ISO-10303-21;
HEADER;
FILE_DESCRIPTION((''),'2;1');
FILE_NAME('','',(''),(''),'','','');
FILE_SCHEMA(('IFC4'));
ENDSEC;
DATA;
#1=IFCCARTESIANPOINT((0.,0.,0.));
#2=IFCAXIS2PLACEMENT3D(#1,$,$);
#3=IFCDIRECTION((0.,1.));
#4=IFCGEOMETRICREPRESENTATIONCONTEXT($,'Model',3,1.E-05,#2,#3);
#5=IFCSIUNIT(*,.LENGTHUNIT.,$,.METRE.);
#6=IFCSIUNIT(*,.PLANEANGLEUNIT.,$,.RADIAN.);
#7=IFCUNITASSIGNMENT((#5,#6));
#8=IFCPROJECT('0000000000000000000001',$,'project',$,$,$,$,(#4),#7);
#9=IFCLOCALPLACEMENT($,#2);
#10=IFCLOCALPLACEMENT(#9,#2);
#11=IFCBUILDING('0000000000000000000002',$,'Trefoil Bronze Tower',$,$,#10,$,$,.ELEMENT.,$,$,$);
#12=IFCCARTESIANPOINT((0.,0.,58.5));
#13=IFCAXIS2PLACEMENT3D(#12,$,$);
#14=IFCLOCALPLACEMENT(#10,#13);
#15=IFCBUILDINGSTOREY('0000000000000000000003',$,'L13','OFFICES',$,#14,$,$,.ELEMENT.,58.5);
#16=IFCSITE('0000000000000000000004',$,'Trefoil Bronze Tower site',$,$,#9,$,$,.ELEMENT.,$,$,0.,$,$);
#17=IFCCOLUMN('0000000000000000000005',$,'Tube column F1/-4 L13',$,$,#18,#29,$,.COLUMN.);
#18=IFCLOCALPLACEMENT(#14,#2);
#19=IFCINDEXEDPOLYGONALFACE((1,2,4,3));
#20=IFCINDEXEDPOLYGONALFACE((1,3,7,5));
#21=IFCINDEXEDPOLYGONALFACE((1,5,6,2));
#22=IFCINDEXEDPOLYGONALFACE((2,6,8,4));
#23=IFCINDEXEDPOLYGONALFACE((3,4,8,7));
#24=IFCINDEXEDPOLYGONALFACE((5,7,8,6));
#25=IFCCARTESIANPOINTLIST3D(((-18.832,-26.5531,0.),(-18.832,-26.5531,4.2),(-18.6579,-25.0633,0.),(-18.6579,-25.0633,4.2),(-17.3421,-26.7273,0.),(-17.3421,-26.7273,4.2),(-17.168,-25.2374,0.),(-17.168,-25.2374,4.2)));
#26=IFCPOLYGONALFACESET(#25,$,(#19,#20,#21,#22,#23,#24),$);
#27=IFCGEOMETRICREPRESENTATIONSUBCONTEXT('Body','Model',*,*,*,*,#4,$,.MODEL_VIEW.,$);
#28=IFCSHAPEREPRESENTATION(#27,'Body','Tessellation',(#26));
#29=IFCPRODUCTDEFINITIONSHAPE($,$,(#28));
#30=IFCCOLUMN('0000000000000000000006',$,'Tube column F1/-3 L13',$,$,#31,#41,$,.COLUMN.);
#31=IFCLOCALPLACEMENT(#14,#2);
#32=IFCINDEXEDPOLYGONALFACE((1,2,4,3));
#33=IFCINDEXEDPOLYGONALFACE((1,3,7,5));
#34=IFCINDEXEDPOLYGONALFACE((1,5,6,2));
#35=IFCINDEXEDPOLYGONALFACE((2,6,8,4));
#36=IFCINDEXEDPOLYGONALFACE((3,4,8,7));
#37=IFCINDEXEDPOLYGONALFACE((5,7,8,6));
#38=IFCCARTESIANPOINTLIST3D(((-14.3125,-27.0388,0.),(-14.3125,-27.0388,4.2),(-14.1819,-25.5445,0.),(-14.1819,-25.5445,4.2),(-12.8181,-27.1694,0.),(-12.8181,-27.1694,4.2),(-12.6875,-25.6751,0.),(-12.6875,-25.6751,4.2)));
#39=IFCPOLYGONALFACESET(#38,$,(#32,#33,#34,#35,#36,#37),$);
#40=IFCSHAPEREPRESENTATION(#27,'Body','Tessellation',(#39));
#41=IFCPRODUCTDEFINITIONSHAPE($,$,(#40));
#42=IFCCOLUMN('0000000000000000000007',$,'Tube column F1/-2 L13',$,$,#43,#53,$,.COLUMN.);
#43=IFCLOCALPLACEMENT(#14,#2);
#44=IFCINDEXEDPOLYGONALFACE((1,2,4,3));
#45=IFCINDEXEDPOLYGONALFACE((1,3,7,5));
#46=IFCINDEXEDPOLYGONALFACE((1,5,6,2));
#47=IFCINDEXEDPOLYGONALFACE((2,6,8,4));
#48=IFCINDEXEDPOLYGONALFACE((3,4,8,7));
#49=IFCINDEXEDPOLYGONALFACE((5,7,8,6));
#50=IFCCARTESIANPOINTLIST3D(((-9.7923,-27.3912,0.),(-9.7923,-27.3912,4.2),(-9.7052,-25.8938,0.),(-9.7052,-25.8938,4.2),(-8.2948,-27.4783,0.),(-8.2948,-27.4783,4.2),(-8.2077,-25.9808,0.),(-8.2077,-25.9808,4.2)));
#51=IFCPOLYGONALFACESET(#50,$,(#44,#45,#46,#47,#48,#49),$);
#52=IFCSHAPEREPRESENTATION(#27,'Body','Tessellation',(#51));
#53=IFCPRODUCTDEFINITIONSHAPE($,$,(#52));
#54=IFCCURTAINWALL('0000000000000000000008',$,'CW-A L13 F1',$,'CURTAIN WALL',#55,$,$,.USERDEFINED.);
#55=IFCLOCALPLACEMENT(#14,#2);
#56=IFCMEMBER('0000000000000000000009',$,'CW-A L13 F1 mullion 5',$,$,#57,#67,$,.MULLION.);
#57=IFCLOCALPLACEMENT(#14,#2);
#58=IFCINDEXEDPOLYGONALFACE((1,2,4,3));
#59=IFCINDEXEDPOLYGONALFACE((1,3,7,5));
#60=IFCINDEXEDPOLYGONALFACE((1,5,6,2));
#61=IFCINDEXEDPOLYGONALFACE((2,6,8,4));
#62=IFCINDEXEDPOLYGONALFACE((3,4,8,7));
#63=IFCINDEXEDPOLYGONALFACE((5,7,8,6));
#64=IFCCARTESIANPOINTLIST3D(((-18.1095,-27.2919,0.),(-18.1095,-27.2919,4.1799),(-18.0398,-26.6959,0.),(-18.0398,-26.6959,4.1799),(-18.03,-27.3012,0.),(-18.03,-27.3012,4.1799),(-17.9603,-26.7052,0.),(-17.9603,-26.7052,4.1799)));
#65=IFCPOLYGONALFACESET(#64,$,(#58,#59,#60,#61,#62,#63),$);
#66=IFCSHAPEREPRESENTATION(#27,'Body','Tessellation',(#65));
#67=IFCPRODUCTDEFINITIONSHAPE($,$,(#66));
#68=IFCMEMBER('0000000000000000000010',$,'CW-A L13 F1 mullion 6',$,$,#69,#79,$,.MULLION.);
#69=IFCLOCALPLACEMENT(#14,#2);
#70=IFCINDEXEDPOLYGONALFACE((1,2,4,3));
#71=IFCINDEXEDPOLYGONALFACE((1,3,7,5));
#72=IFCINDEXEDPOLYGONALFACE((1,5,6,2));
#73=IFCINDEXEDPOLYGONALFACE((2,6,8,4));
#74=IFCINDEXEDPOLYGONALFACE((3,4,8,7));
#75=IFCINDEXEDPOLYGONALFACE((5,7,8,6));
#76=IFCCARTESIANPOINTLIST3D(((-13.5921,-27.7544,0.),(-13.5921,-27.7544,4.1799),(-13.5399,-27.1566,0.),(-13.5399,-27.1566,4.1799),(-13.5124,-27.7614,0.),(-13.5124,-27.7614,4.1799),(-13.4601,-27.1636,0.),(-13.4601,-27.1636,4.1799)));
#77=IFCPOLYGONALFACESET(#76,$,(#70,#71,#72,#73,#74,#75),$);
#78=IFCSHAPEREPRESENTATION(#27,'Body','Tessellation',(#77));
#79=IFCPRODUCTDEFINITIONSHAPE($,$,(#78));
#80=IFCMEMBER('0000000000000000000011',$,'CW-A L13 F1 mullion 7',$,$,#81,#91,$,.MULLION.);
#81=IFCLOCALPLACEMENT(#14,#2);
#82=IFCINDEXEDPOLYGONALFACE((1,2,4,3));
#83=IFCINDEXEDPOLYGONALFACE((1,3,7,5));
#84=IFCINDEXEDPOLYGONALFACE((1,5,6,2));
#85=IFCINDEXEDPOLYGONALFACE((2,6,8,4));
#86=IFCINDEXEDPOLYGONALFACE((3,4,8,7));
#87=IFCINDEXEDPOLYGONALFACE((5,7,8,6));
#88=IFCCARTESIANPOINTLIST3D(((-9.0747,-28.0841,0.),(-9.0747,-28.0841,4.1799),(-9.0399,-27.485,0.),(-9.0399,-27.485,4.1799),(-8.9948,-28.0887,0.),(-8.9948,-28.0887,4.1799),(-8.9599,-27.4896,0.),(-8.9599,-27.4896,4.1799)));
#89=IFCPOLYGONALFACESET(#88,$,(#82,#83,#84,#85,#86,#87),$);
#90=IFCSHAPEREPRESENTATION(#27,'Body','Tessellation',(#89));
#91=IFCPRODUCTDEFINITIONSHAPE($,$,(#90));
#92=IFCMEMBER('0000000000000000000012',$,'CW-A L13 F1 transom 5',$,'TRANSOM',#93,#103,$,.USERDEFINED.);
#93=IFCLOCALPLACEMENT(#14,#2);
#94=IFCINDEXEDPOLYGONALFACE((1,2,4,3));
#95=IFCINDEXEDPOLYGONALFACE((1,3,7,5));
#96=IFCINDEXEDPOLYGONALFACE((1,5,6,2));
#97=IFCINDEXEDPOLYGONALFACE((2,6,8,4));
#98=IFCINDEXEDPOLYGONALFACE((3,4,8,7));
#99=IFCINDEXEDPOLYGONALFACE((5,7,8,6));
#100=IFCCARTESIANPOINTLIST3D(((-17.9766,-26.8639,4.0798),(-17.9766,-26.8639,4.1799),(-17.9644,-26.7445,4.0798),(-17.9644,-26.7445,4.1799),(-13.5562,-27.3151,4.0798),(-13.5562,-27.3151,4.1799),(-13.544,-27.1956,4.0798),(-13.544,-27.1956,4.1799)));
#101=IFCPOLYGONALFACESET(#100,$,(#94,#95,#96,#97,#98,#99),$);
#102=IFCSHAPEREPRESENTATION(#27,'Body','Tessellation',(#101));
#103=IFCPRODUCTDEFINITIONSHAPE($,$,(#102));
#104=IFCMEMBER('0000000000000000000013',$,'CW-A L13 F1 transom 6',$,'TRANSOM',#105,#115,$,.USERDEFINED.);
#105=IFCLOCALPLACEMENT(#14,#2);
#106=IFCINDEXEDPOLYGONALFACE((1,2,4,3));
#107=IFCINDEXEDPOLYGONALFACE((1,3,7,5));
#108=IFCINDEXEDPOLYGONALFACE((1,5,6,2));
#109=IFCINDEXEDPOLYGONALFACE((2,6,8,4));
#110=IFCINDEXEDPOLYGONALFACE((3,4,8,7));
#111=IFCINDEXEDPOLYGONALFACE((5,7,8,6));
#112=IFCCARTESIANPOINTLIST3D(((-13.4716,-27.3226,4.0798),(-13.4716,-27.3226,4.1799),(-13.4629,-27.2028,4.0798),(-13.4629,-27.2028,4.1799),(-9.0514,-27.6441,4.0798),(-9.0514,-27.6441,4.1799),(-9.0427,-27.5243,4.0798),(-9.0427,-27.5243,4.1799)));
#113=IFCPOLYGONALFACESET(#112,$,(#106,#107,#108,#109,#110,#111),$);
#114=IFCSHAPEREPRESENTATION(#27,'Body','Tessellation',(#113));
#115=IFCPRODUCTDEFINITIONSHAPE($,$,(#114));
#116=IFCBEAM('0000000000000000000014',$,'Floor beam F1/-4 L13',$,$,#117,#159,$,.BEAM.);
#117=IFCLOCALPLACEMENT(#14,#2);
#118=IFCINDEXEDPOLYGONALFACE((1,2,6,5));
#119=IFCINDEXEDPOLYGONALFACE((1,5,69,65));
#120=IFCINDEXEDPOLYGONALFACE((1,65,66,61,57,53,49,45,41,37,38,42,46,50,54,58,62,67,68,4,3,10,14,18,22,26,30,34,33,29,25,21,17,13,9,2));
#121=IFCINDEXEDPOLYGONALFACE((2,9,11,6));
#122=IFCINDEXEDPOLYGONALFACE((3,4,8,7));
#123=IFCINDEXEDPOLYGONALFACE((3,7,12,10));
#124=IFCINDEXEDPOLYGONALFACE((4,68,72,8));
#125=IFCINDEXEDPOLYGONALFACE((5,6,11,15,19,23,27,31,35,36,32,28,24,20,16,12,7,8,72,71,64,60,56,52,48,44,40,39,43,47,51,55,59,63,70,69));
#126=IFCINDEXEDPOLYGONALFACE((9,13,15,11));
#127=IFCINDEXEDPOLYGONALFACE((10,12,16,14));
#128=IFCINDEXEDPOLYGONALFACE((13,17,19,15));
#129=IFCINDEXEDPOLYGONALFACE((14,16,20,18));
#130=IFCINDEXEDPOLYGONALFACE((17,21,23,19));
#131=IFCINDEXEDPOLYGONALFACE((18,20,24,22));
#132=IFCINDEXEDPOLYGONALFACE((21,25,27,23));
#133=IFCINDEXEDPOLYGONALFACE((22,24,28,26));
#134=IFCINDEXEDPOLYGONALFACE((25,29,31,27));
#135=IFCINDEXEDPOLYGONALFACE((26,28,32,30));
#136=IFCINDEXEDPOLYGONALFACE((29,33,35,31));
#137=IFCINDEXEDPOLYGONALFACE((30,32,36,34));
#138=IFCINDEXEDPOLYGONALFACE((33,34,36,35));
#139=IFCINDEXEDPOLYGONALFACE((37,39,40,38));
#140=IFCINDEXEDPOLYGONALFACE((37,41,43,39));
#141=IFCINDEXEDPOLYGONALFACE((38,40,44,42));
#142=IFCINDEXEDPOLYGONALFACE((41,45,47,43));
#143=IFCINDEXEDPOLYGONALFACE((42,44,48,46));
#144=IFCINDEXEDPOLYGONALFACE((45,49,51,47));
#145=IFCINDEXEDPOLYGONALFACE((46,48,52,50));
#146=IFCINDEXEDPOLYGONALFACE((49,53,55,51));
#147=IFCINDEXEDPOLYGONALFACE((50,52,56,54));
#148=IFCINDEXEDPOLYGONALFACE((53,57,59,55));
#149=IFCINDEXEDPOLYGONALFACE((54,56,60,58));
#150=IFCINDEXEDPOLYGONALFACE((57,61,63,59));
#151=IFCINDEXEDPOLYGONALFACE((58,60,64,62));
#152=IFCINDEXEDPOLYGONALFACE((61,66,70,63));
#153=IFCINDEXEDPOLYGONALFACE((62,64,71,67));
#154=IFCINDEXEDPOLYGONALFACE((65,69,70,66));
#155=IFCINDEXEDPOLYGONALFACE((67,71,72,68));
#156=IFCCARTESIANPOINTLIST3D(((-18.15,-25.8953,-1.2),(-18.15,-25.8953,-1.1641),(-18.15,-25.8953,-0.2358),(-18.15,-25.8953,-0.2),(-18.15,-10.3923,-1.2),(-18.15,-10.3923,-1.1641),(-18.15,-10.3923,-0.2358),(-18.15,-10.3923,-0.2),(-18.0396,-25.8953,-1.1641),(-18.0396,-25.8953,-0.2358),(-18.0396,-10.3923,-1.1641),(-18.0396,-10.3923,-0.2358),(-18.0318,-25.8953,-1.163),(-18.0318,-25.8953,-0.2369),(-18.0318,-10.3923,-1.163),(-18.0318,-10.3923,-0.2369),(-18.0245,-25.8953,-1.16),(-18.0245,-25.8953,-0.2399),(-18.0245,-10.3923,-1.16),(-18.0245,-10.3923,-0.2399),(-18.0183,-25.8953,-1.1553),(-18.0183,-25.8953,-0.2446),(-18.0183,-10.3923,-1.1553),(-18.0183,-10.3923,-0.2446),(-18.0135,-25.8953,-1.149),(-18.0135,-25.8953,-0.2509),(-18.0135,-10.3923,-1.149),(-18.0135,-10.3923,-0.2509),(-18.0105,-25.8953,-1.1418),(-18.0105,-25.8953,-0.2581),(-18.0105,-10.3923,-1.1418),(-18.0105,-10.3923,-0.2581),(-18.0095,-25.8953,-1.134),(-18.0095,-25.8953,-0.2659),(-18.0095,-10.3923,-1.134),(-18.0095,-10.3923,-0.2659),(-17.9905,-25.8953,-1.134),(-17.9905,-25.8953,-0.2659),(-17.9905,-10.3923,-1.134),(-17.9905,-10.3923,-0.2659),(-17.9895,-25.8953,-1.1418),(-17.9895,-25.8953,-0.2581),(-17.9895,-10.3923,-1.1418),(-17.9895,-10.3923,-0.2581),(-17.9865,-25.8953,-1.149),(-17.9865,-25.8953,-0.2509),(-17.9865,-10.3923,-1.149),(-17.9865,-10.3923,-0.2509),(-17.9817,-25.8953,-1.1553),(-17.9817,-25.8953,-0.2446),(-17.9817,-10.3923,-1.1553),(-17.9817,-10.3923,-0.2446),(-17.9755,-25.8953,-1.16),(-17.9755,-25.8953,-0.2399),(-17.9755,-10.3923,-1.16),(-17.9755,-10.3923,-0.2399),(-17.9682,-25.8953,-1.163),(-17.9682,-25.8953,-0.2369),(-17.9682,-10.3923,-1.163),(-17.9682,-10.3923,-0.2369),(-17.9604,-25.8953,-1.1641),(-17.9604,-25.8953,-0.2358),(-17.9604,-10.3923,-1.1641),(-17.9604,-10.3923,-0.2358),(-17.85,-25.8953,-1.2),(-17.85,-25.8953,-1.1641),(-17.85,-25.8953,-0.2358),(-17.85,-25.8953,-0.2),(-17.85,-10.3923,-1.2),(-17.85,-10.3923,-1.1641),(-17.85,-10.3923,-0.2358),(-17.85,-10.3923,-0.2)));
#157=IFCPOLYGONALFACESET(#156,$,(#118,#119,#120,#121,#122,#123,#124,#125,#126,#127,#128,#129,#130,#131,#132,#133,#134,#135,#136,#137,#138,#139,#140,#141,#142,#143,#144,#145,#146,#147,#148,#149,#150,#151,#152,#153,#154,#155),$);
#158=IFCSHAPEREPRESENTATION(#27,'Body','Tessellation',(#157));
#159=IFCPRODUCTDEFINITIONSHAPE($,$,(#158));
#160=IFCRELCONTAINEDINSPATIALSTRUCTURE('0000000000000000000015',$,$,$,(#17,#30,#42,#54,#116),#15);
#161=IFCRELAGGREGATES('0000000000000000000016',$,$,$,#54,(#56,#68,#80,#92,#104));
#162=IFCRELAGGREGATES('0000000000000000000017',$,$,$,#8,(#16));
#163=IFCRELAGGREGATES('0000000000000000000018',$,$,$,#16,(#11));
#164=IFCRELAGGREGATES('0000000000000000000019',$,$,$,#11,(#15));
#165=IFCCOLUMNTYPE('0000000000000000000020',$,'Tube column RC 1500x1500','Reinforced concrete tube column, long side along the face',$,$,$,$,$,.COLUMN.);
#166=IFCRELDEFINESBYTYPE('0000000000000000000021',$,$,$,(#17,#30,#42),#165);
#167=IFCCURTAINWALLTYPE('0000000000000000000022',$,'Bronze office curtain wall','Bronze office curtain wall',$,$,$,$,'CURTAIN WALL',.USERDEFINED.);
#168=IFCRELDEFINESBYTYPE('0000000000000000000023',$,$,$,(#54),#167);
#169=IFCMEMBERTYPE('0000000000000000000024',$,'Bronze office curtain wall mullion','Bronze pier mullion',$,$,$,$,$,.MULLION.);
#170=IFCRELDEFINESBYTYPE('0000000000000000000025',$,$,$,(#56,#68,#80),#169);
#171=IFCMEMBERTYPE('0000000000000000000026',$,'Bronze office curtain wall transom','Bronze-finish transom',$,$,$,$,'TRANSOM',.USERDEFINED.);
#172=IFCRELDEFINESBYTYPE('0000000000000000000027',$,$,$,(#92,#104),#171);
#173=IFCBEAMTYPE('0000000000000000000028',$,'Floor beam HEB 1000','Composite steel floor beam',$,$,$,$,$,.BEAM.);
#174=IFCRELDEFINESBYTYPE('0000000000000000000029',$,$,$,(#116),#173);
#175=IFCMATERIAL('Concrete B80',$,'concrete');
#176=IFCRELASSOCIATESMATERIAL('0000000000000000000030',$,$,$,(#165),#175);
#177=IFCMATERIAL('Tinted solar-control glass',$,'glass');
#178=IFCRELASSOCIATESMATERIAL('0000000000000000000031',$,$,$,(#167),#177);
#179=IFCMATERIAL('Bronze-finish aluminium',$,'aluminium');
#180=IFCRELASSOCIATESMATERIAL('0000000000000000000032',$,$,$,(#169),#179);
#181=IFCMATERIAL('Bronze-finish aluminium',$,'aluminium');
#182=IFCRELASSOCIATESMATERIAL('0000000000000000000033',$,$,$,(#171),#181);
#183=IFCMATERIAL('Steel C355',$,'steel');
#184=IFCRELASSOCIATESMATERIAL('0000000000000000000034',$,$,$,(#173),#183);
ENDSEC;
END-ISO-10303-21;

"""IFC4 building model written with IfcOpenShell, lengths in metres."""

from ifc_helpers import new_model, si_unit, direction, frame, origin, origin_2d, place, context, subcontext, project, spatial, rectangle, i_section, extrude, material, material_profile, profile_set, type_object, element, aggregate, save


model = new_model("IFC4")

# Units and contexts
model_context = context("Model", 3, precision=1e-05, world=origin(), true_north=direction((0.0, 1.0)))
body_context = subcontext(model_context, "Body", "Model", "MODEL_VIEW")
ifc_project = project(units=[si_unit("LENGTHUNIT", "METRE"), si_unit("PLANEANGLEUNIT", "RADIAN")], contexts=[model_context])

# Site, building, storey
site_placement = place(None, origin())
site = spatial("IfcSite", under=ifc_project, at=site_placement, Name="Trefoil Bronze Tower site", CompositionType="ELEMENT", RefElevation=0.0)
building_placement = place(site_placement, origin())
building = spatial("IfcBuilding", under=site, at=building_placement, Name="Trefoil Bronze Tower", CompositionType="ELEMENT")
storey_placement = place(building_placement, frame((0.0, 0.0, 58.5)))
storey = spatial("IfcBuildingStorey", under=building, at=storey_placement, Name="L13", Description="OFFICES", CompositionType="ELEMENT", Elevation=58.5)

# Columns
ifc_material_1 = material(Name="Concrete B80", Category="concrete")
ifc_material_profile_1 = material_profile(ifc_material_1, rectangle(XDim=1.5, YDim=1.5, at=origin_2d()), Name="RC 1500x1500")
ifc_profile_set_1 = profile_set([ifc_material_profile_1], Name="Concrete B80")
column_type = type_object("IfcColumnType", Name="Tube column RC 1500x1500", Description="Reinforced concrete tube column, long side along the face", PredefinedType="COLUMN", material=ifc_profile_set_1)
for number, where, z_axis, x_axis, name in (
    (1, (-18.0, -25.8953, 0.0), (0.0, 0.0, 1.0), (0.993239, -0.116087, 0.0), "Tube column F1/-4 L13"),
    (2, (-13.5, -26.3569, 0.0), (0.0, 0.0, 1.0), (0.996203, -0.087065, 0.0), "Tube column F1/-3 L13"),
    (3, (-9.0, -26.686, 0.0), (0.0, 0.0, 1.0), (0.998314, -0.058043, 0.0), "Tube column F1/-2 L13"),
):
    element("IfcColumn", number, at=place(storey_placement, frame(where, z_axis=z_axis, x_axis=x_axis)), inside=storey, type_object=column_type, Name=name, PredefinedType="COLUMN", context=body_context, shape_type="SweptSolid", body=[
        extrude(rectangle(XDim=1.5, YDim=1.5, at=origin_2d()), origin(), (0.0, 0.0, 1.0), 4.2),
    ])

# Curtain wall, members
ifc_material_2 = material(Name="Tinted solar-control glass", Category="glass")
curtain_wall_type = type_object("IfcCurtainWallType", Name="Bronze office curtain wall", Description="Bronze office curtain wall", ElementType="CURTAIN WALL", PredefinedType="USERDEFINED", material=ifc_material_2)
curtain_wall_placement = place(storey_placement, origin())
curtain_wall = element("IfcCurtainWall", 4, at=curtain_wall_placement, inside=storey, type_object=curtain_wall_type, Name="CW-A L13 F1", ObjectType="CURTAIN WALL", PredefinedType="USERDEFINED")
ifc_material_3 = material(Name="Bronze-finish aluminium", Category="aluminium")
ifc_material_profile_2 = material_profile(ifc_material_3, rectangle(XDim=0.6001, YDim=0.0801, at=origin_2d()), Name="CW-A mullion")
ifc_profile_set_2 = profile_set([ifc_material_profile_2], Name="Bronze-finish aluminium")
member_type_1 = type_object("IfcMemberType", Name="Bronze office curtain wall mullion", Description="Bronze pier mullion", PredefinedType="MULLION", material=ifc_profile_set_2)
member_1_placement = place(storey_placement, frame((-18.0349, -26.9985, 0.0), z_axis=(0.0, 0.0, 1.0), x_axis=(0.116087, 0.993239, 0.0)))
member_1 = element("IfcMember", 5, at=member_1_placement, type_object=member_type_1, Name="CW-A L13 F1 mullion 5", PredefinedType="MULLION", context=body_context, shape_type="SweptSolid", body=[
    extrude(rectangle(XDim=0.6001, YDim=0.0801, at=origin_2d()), origin(), (0.0, 0.0, 1.0), 4.1799),
])
member_2_placement = place(storey_placement, frame((-13.5261, -27.459, 0.0), z_axis=(0.0, 0.0, 1.0), x_axis=(0.087065, 0.996203, 0.0)))
member_2 = element("IfcMember", 6, at=member_2_placement, type_object=member_type_1, Name="CW-A L13 F1 mullion 6", PredefinedType="MULLION", context=body_context, shape_type="SweptSolid", body=[
    extrude(rectangle(XDim=0.6001, YDim=0.0801, at=origin_2d()), origin(), (0.0, 0.0, 1.0), 4.1799),
])
member_3_placement = place(storey_placement, frame((-9.0173, -27.7869, 0.0), z_axis=(0.0, 0.0, 1.0), x_axis=(0.058043, 0.998314, 0.0)))
member_3 = element("IfcMember", 7, at=member_3_placement, type_object=member_type_1, Name="CW-A L13 F1 mullion 7", PredefinedType="MULLION", context=body_context, shape_type="SweptSolid", body=[
    extrude(rectangle(XDim=0.6001, YDim=0.0801, at=origin_2d()), origin(), (0.0, 0.0, 1.0), 4.1799),
])
ifc_material_4 = material(Name="Bronze-finish aluminium", Category="aluminium")
ifc_material_profile_3 = material_profile(ifc_material_4, rectangle(XDim=0.1201, YDim=0.1001, at=origin_2d()), Name="CW-A transom")
ifc_profile_set_3 = profile_set([ifc_material_profile_3], Name="Bronze-finish aluminium")
member_type_2 = type_object("IfcMemberType", Name="Bronze office curtain wall transom", Description="Bronze-finish transom", ElementType="TRANSOM", PredefinedType="USERDEFINED", material=ifc_profile_set_3)
member_4_placement = place(storey_placement, frame((-17.9705, -26.8042, 4.1299), z_axis=(0.994832, -0.101538, 0.0), x_axis=(0.101538, 0.994832, 0.0)))
member_4 = element("IfcMember", 8, at=member_4_placement, type_object=member_type_2, Name="CW-A L13 F1 transom 5", ObjectType="TRANSOM", PredefinedType="USERDEFINED", context=body_context, shape_type="SweptSolid", body=[
    extrude(rectangle(XDim=0.1201, YDim=0.1001, at=origin_2d()), origin(), (0.0, 0.0, 1.0), 4.4434),
])
member_5_placement = place(storey_placement, frame((-13.4673, -27.2627, 4.1299), z_axis=(0.997365, -0.072551, 0.0), x_axis=(0.072551, 0.997365, 0.0)))
member_5 = element("IfcMember", 9, at=member_5_placement, type_object=member_type_2, Name="CW-A L13 F1 transom 6", ObjectType="TRANSOM", PredefinedType="USERDEFINED", context=body_context, shape_type="SweptSolid", body=[
    extrude(rectangle(XDim=0.1201, YDim=0.1001, at=origin_2d()), origin(), (0.0, 0.0, 1.0), 4.4319),
])

# Beam
ifc_material_5 = material(Name="Steel C355", Category="steel")
ifc_material_profile_4 = material_profile(ifc_material_5, i_section(OverallWidth=0.3, OverallDepth=1.0, WebThickness=0.019, FlangeThickness=0.0359, FilletRadius=0.03, at=origin_2d()), Name="HEB 1000")
ifc_profile_set_4 = profile_set([ifc_material_profile_4], Name="Steel C355")
beam_type_1 = type_object("IfcBeamType", Name="Floor beam HEB 1000", Description="Composite steel floor beam", PredefinedType="BEAM", material=ifc_profile_set_4)
beam_1_placement = place(storey_placement, frame((-18.0, -25.8953, -0.7), z_axis=(0.0, 1.0, 0.0), x_axis=(-1.0, 0.0, 0.0)))
element("IfcBeam", 10, at=beam_1_placement, inside=storey, type_object=beam_type_1, Name="Floor beam F1/-4 L13", PredefinedType="BEAM", context=body_context, shape_type="SweptSolid", body=[
    extrude(i_section(OverallWidth=0.3, OverallDepth=1.0, WebThickness=0.019, FlangeThickness=0.0359, FilletRadius=0.03, at=origin_2d()), origin(), (0.0, 0.0, 1.0), 15.5029),
])

aggregate(curtain_wall, [member_1, member_2, member_3, member_4, member_5])

save(model, "model.ifc")
